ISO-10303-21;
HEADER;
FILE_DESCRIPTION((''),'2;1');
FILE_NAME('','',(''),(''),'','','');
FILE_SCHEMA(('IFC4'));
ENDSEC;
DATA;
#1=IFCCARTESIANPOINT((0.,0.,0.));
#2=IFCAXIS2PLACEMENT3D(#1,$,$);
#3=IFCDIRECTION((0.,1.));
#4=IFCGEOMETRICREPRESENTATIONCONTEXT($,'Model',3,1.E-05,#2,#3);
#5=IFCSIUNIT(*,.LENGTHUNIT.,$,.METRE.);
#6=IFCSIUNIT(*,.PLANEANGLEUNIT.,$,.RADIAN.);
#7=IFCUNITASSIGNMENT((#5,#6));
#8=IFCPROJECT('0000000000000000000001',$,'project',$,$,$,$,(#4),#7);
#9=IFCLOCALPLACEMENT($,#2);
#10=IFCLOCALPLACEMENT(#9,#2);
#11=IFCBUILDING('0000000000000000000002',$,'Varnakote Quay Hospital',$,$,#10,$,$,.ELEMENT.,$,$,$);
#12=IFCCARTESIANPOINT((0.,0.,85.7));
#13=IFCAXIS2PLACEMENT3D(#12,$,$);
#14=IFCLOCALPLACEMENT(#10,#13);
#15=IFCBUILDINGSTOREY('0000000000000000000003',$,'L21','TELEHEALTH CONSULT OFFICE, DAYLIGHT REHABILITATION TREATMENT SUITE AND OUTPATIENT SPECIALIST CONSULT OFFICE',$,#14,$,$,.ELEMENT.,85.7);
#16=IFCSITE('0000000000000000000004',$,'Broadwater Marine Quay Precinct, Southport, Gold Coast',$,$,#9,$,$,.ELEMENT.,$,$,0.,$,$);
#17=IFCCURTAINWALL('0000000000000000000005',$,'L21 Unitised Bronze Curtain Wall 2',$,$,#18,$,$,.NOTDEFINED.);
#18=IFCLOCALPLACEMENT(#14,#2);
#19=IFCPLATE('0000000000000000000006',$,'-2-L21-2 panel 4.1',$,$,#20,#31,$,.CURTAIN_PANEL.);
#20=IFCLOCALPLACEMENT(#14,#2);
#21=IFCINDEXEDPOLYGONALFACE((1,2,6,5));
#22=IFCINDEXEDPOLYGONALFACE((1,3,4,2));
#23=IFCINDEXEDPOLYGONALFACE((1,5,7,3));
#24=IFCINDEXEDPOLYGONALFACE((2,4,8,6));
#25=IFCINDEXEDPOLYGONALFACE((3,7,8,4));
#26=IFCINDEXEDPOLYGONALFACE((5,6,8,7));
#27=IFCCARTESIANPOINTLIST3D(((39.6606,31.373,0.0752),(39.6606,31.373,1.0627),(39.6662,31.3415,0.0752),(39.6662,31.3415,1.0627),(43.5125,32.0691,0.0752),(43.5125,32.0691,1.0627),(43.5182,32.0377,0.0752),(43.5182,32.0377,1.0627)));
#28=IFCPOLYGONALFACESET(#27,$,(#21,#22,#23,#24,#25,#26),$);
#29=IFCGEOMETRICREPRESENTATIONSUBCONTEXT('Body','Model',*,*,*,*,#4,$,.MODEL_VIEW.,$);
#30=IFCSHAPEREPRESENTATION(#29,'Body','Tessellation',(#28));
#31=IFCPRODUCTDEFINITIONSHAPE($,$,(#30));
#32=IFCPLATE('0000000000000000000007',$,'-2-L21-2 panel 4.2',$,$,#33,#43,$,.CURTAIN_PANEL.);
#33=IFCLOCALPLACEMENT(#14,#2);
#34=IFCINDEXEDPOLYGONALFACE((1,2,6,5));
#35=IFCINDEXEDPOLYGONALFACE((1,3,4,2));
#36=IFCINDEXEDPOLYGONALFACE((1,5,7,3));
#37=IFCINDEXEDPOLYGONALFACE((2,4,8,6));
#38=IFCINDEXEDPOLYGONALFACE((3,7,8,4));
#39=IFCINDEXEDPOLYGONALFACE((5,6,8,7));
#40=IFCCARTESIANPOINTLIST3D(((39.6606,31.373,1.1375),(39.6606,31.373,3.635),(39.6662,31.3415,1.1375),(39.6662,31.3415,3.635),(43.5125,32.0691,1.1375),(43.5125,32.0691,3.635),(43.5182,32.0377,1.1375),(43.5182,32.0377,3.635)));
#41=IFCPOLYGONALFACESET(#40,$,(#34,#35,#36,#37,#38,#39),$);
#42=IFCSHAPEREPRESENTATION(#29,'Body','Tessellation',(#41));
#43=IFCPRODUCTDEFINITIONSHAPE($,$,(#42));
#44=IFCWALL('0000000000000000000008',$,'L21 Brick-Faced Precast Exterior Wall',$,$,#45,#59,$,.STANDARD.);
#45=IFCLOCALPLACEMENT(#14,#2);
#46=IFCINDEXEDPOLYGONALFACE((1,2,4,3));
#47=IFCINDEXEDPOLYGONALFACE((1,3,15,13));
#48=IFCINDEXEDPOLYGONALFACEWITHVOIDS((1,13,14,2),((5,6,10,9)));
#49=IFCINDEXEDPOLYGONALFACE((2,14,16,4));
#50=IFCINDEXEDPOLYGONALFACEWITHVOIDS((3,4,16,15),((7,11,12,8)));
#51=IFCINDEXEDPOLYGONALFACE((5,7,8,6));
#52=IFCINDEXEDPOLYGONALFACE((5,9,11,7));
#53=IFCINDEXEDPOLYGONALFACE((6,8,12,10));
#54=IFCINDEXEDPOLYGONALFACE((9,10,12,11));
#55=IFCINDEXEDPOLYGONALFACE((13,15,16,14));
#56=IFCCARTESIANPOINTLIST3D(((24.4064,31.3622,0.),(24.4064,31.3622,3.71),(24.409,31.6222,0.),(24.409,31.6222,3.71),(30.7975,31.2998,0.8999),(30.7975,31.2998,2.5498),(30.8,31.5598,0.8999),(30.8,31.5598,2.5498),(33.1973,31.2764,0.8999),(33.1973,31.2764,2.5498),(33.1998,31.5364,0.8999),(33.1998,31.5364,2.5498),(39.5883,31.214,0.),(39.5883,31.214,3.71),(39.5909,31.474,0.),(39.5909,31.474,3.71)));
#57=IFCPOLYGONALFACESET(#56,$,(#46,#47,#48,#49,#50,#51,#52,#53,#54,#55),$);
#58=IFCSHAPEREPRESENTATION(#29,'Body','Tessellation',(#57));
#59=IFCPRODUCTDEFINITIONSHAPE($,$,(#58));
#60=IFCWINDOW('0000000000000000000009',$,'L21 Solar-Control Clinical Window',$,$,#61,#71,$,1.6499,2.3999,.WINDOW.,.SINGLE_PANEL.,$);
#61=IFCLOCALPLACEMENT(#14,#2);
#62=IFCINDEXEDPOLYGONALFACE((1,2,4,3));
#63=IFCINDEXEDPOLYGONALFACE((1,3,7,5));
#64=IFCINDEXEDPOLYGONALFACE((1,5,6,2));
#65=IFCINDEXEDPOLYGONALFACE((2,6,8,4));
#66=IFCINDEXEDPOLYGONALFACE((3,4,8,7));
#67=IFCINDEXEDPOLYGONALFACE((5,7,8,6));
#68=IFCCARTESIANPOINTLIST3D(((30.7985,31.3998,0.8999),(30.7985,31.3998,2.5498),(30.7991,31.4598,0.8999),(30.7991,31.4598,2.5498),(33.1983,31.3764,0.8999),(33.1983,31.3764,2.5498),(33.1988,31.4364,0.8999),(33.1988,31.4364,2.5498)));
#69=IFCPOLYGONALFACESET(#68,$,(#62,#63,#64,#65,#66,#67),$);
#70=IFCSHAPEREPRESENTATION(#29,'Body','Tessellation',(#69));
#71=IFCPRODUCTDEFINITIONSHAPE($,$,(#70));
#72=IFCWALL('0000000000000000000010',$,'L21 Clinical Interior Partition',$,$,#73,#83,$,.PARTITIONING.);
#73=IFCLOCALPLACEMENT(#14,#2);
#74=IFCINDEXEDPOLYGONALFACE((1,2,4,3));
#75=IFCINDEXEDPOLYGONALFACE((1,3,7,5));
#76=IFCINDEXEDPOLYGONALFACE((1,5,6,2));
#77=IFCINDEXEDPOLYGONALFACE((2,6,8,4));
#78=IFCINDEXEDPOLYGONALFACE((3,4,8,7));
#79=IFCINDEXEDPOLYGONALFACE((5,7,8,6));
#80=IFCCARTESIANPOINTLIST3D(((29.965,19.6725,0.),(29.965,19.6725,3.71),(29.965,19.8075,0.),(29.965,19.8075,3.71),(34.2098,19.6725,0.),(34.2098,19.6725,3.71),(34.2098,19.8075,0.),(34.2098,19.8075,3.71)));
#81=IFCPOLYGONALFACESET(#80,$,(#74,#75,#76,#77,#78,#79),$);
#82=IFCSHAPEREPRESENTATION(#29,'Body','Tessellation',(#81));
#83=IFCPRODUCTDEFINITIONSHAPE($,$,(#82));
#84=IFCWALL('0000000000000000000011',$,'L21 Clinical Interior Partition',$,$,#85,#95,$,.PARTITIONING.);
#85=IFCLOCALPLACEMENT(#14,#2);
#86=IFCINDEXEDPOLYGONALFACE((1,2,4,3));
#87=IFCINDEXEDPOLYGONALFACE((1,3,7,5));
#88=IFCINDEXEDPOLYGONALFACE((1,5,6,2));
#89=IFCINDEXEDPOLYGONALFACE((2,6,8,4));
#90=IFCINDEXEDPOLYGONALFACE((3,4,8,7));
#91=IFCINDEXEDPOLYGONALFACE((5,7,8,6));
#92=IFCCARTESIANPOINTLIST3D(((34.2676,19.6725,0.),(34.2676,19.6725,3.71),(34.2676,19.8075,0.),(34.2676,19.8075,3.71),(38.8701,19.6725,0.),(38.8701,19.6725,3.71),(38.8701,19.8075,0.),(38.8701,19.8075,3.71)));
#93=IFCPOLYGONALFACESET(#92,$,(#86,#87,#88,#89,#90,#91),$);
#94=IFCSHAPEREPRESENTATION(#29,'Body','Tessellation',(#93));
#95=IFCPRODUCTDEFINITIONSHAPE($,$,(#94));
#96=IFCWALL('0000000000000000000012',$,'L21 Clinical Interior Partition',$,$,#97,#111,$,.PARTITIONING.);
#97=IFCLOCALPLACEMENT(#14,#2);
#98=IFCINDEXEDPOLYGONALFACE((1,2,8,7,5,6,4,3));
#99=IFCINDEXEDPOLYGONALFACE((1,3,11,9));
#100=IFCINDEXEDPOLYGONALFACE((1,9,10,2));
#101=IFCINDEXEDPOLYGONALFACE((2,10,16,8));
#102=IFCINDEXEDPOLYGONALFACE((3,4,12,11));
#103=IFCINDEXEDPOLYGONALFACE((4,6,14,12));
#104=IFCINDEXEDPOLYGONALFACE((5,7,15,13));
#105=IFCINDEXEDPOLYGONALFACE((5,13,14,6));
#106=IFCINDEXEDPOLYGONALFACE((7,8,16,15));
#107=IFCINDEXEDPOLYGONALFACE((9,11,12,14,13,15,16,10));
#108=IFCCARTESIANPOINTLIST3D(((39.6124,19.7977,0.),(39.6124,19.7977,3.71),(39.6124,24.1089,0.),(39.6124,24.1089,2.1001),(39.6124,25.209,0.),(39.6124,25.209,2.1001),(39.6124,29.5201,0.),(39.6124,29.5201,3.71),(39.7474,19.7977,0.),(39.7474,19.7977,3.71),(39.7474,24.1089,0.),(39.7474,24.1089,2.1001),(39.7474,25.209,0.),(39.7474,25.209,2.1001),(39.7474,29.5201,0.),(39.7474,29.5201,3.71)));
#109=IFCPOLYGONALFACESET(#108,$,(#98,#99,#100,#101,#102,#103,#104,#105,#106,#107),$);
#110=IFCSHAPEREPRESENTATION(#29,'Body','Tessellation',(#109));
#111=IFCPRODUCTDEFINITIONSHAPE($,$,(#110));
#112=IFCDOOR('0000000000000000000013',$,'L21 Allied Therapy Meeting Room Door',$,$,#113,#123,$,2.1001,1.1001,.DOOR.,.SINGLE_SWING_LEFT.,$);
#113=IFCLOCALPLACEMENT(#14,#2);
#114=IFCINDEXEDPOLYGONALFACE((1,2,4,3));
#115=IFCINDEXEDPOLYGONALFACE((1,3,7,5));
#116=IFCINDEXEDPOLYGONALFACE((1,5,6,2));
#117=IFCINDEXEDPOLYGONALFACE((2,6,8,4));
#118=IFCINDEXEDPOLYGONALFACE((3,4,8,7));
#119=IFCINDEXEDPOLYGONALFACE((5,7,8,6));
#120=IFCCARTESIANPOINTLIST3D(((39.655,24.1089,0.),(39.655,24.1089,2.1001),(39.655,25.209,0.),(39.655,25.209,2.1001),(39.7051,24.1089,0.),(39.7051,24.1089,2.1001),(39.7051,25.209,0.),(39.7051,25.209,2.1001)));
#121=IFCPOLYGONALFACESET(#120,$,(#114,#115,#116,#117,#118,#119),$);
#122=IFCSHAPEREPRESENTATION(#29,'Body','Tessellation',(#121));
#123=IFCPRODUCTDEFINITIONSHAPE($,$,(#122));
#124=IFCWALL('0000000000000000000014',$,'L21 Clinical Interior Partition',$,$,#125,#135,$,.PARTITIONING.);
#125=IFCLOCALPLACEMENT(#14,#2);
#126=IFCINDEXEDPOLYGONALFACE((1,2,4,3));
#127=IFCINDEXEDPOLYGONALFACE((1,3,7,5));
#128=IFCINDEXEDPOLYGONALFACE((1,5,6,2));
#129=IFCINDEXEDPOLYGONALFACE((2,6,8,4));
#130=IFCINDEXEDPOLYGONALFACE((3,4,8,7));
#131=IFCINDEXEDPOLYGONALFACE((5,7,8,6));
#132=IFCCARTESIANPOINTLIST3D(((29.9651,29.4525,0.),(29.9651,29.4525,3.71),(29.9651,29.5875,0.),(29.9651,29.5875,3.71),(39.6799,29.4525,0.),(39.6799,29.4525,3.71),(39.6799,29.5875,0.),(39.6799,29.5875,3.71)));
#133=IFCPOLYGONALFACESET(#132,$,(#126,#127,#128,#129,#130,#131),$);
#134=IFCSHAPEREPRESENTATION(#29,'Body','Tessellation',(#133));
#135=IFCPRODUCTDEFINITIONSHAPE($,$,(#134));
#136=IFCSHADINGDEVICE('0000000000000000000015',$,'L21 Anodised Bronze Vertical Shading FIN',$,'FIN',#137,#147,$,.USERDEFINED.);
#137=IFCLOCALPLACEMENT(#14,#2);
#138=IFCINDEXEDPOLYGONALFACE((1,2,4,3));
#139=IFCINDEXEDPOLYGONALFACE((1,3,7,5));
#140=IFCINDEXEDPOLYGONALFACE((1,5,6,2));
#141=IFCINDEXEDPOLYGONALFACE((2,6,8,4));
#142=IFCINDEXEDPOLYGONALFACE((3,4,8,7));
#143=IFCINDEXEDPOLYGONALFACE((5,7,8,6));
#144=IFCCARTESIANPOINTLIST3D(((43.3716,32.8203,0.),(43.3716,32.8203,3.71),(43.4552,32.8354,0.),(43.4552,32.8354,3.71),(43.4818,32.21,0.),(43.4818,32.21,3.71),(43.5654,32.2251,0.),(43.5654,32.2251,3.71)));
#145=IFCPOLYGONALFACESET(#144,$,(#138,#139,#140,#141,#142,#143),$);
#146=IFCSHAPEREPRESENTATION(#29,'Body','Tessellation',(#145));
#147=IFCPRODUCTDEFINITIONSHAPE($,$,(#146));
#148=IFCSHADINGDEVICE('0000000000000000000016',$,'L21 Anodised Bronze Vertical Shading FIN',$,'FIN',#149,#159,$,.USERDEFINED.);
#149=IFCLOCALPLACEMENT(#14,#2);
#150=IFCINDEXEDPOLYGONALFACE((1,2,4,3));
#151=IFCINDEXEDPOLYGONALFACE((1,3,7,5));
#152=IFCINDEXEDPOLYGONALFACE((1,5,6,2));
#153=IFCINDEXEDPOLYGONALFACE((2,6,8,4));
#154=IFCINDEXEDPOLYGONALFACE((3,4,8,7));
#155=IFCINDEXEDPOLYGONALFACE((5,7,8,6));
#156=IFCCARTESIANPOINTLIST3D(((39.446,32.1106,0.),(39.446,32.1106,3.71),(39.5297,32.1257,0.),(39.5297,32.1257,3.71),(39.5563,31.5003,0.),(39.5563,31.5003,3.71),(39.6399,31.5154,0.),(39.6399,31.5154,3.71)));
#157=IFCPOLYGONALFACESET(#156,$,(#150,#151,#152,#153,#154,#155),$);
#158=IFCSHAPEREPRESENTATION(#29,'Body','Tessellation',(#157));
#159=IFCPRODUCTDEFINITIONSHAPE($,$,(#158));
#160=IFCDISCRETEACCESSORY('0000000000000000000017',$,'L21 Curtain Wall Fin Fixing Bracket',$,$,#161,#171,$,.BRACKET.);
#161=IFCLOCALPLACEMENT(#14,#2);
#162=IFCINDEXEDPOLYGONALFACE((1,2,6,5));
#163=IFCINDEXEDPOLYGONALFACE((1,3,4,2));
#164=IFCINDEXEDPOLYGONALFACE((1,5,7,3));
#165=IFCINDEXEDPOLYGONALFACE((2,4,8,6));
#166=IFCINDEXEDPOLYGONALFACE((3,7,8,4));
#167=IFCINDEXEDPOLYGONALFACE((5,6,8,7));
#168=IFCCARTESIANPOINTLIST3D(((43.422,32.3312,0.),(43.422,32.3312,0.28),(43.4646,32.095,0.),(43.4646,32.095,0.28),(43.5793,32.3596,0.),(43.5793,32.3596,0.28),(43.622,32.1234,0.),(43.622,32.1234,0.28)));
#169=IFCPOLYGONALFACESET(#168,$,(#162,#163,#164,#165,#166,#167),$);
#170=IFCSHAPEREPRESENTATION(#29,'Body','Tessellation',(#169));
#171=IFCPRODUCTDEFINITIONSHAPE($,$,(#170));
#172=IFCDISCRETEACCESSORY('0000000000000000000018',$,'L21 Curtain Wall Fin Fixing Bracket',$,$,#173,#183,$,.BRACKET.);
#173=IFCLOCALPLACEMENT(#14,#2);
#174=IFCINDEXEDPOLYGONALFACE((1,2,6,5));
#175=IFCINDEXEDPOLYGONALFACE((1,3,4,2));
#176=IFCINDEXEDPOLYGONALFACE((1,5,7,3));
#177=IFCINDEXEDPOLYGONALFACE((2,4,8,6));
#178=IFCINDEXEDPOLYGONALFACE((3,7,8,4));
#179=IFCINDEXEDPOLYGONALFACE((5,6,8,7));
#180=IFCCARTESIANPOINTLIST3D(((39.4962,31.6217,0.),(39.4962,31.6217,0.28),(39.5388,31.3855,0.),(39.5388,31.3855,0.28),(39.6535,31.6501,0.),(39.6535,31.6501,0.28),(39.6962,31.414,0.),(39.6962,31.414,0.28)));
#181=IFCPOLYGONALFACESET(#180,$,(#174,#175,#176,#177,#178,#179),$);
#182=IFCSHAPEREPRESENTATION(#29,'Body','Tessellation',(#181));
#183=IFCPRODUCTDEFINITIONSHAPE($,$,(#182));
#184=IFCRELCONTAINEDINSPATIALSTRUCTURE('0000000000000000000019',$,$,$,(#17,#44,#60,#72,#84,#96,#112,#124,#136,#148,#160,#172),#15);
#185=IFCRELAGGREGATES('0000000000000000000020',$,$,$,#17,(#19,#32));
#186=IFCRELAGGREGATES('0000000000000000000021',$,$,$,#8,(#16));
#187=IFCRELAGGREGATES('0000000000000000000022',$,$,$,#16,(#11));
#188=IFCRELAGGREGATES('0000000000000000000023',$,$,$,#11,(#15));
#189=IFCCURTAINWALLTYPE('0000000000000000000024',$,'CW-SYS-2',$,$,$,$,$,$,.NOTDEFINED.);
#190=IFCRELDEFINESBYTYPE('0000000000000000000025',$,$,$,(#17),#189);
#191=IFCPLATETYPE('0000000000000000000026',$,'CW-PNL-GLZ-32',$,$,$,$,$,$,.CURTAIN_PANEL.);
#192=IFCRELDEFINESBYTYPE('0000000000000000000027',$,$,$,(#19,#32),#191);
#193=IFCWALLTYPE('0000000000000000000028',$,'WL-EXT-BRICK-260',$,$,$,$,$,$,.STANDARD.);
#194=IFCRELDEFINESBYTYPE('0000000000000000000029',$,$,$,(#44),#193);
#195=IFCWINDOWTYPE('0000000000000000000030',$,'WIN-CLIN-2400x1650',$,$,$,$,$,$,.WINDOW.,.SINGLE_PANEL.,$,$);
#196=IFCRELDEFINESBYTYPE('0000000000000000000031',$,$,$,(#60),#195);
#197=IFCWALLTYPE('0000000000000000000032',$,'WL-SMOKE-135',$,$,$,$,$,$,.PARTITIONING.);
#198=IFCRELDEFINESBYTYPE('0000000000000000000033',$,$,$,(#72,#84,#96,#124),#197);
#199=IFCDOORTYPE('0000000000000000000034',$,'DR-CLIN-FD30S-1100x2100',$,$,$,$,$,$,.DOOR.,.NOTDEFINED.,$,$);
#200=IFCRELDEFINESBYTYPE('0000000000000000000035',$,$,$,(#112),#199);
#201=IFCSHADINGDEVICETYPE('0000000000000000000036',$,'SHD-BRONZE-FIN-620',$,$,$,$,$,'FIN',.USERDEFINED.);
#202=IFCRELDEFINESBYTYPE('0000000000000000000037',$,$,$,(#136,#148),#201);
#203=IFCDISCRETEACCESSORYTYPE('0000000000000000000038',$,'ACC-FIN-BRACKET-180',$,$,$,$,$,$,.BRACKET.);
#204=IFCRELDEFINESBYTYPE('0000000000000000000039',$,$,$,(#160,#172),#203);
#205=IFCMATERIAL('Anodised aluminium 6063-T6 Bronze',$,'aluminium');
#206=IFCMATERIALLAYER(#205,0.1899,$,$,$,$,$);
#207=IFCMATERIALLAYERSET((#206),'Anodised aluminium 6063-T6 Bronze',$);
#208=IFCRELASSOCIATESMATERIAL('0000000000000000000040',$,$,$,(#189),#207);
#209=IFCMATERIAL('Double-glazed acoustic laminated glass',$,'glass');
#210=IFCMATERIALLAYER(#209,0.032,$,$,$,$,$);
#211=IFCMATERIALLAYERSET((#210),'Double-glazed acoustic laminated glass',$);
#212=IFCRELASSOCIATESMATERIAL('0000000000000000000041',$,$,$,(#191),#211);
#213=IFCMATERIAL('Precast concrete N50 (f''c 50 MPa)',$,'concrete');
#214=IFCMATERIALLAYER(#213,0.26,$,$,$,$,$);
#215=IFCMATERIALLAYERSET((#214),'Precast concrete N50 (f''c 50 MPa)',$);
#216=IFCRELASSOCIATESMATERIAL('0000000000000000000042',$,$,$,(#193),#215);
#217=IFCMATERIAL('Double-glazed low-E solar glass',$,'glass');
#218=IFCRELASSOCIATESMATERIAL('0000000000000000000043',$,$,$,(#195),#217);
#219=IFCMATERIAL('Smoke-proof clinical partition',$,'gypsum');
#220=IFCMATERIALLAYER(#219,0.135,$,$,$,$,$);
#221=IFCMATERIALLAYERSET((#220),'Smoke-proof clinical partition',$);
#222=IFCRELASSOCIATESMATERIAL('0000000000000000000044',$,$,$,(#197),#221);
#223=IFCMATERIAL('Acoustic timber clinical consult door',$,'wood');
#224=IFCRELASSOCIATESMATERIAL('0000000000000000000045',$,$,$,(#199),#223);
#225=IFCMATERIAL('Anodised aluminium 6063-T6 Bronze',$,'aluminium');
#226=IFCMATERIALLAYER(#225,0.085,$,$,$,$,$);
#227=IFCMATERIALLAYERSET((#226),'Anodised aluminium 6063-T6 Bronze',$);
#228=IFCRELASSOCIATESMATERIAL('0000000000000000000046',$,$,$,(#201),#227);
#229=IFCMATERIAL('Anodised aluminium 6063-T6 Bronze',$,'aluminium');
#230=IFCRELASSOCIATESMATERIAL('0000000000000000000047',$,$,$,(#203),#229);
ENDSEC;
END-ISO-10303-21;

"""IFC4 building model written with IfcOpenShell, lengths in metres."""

from ifc_helpers import new_model, si_unit, direction, frame, frame_2d, origin, origin_2d, place, context, subcontext, project, spatial, rectangle, extrude, material, layer, layer_set, type_object, element, fill, aggregate, save


model = new_model("IFC4")

# Units and contexts
model_context = context("Model", 3, precision=1e-05, world=origin(), true_north=direction((0.0, 1.0)))
body_context = subcontext(model_context, "Body", "Model", "MODEL_VIEW")
ifc_project = project(units=[si_unit("LENGTHUNIT", "METRE"), si_unit("PLANEANGLEUNIT", "RADIAN")], contexts=[model_context])

# Site, building, storey
site_placement = place(None, origin())
site = spatial("IfcSite", under=ifc_project, at=site_placement, Name="Broadwater Marine Quay Precinct, Southport, Gold Coast", CompositionType="ELEMENT", RefElevation=0.0)
building_placement = place(site_placement, origin())
building = spatial("IfcBuilding", under=site, at=building_placement, Name="Varnakote Quay Hospital", CompositionType="ELEMENT")
storey_placement = place(building_placement, frame((0.0, 0.0, 85.7)))
storey = spatial("IfcBuildingStorey", under=building, at=storey_placement, Name="L21", Description="TELEHEALTH CONSULT OFFICE, DAYLIGHT REHABILITATION TREATMENT SUITE AND OUTPATIENT SPECIALIST CONSULT OFFICE", CompositionType="ELEMENT", Elevation=85.7)

# Curtain wall
ifc_material_1 = material(Name="Anodised aluminium 6063-T6 Bronze", Category="aluminium")
ifc_layer_1 = layer(ifc_material_1, 0.1899)
ifc_layer_set_1 = layer_set([ifc_layer_1], Name="Anodised aluminium 6063-T6 Bronze")
curtain_wall_type = type_object("IfcCurtainWallType", Name="CW-SYS-2", PredefinedType="NOTDEFINED", material=ifc_layer_set_1)
curtain_wall_placement = place(storey_placement, origin())
curtain_wall = element("IfcCurtainWall", 1, at=curtain_wall_placement, inside=storey, type_object=curtain_wall_type, Name="L21 Unitised Bronze Curtain Wall 2", PredefinedType="NOTDEFINED")

# Plates
ifc_material_2 = material(Name="Double-glazed acoustic laminated glass", Category="glass")
ifc_layer_2 = layer(ifc_material_2, 0.032)
ifc_layer_set_2 = layer_set([ifc_layer_2], Name="Double-glazed acoustic laminated glass")
plate_type = type_object("IfcPlateType", Name="CW-PNL-GLZ-32", PredefinedType="CURTAIN_PANEL", material=ifc_layer_set_2)
plate_1_placement = place(storey_placement, frame((41.5894, 31.7053, 0.0752), z_axis=(0.0, 0.0, 1.0), x_axis=(-0.984058, -0.177846, 0.0)))
plate_1 = element("IfcPlate", 2, at=plate_1_placement, type_object=plate_type, Name="-2-L21-2 panel 4.1", PredefinedType="CURTAIN_PANEL", context=body_context, shape_type="SweptSolid", body=[
    extrude(rectangle(XDim=3.9143, YDim=0.032, at=origin_2d()), origin(), (0.0, 0.0, 1.0), 0.9875),
])
plate_2_placement = place(storey_placement, frame((41.5894, 31.7053, 1.1375), z_axis=(0.0, 0.0, 1.0), x_axis=(-0.984058, -0.177846, 0.0)))
plate_2 = element("IfcPlate", 3, at=plate_2_placement, type_object=plate_type, Name="-2-L21-2 panel 4.2", PredefinedType="CURTAIN_PANEL", context=body_context, shape_type="SweptSolid", body=[
    extrude(rectangle(XDim=3.9143, YDim=0.032, at=origin_2d()), origin(), (0.0, 0.0, 1.0), 2.4976),
])
aggregate(curtain_wall, [plate_1, plate_2])

# Wall, opening, window
ifc_material_3 = material(Name="Precast concrete N50 (f'c 50 MPa)", Category="concrete")
ifc_layer_3 = layer(ifc_material_3, 0.26)
ifc_layer_set_3 = layer_set([ifc_layer_3], Name="Precast concrete N50 (f'c 50 MPa)")
wall_type_1 = type_object("IfcWallType", Name="WL-EXT-BRICK-260", PredefinedType="STANDARD", material=ifc_layer_set_3)
wall_1_placement = place(storey_placement, frame((39.5896, 31.344, 0.0), z_axis=(0.0, 0.0, 1.0), x_axis=(-0.999952, 0.009761, 0.0)))
wall_1 = element("IfcWall", 4, at=wall_1_placement, inside=storey, type_object=wall_type_1, Name="L21 Brick-Faced Precast Exterior Wall", PredefinedType="STANDARD", context=body_context, shape_type="SweptSolid", body=[
    extrude(rectangle(XDim=15.1826, YDim=0.26, at=frame_2d((7.5913, 0.0))), origin(), (0.0, 0.0, 1.0), 3.71),
])
opening_1_placement = place(wall_1_placement, frame((6.3914, 0.0, 0.8999)))
opening_1 = element("IfcOpeningElement", 5, at=opening_1_placement, cuts=wall_1, PredefinedType="OPENING", context=body_context, shape_type="SweptSolid", body=[
    extrude(rectangle(XDim=2.3999, YDim=1.6499, at=frame_2d((1.2, 0.825))), frame((0.0, 0.1399, 0.0), z_axis=(0.0, -1.0, 0.0), x_axis=(1.0, 0.0, 0.0)), (0.0, 0.0, 1.0), 0.28),
])
ifc_material_4 = material(Name="Double-glazed low-E solar glass", Category="glass")
window_type = type_object("IfcWindowType", Name="WIN-CLIN-2400x1650", PartitioningType="SINGLE_PANEL", PredefinedType="WINDOW", material=ifc_material_4)
window_placement = place(opening_1_placement, origin())
window = element("IfcWindow", 6, at=window_placement, inside=storey, type_object=window_type, Name="L21 Solar-Control Clinical Window", OverallHeight=1.6499, OverallWidth=2.3999, PartitioningType="SINGLE_PANEL", PredefinedType="WINDOW", context=body_context, shape_type="SweptSolid", body=[
    extrude(rectangle(XDim=2.3999, YDim=1.6499, at=frame_2d((1.2, 0.825))), frame((0.0, 0.03, 0.0), z_axis=(0.0, -1.0, 0.0), x_axis=(1.0, 0.0, 0.0)), (0.0, 0.0, 1.0), 0.0601),
])
fill(opening_1, window)

# Walls
ifc_material_5 = material(Name="Smoke-proof clinical partition", Category="gypsum")
ifc_layer_4 = layer(ifc_material_5, 0.135)
ifc_layer_set_4 = layer_set([ifc_layer_4], Name="Smoke-proof clinical partition")
wall_type_2 = type_object("IfcWallType", Name="WL-SMOKE-135", PredefinedType="PARTITIONING", material=ifc_layer_set_4)
wall_2_placement = place(storey_placement, frame((34.21, 19.74, 0.0), z_axis=(0.0, 0.0, 1.0), x_axis=(-1.0, 0.0, 0.0)))
element("IfcWall", 7, at=wall_2_placement, inside=storey, type_object=wall_type_2, Name="L21 Clinical Interior Partition", PredefinedType="PARTITIONING", context=body_context, shape_type="SweptSolid", body=[
    extrude(rectangle(XDim=4.2449, YDim=0.135, at=frame_2d((2.1226, 0.0))), origin(), (0.0, 0.0, 1.0), 3.71),
])
wall_3_placement = place(storey_placement, frame((38.8701, 19.74, 0.0), z_axis=(0.0, 0.0, 1.0), x_axis=(-1.0, 0.0, 0.0)))
element("IfcWall", 8, at=wall_3_placement, inside=storey, type_object=wall_type_2, Name="L21 Clinical Interior Partition", PredefinedType="PARTITIONING", context=body_context, shape_type="SweptSolid", body=[
    extrude(rectangle(XDim=4.6025, YDim=0.135, at=frame_2d((2.3013, 0.0))), origin(), (0.0, 0.0, 1.0), 3.71),
])

# Wall, opening, door
wall_4_placement = place(storey_placement, frame((39.6799, 19.7976, 0.0), z_axis=(0.0, 0.0, 1.0), x_axis=(0.0, 1.0, 0.0)))
wall_4 = element("IfcWall", 9, at=wall_4_placement, inside=storey, type_object=wall_type_2, Name="L21 Clinical Interior Partition", PredefinedType="PARTITIONING", context=body_context, shape_type="SweptSolid", body=[
    extrude(rectangle(XDim=9.7224, YDim=0.135, at=frame_2d((4.8613, 0.0))), origin(), (0.0, 0.0, 1.0), 3.71),
])
opening_2_placement = place(wall_4_placement, frame((4.3113, 0.0, 0.0)))
opening_2 = element("IfcOpeningElement", 10, at=opening_2_placement, cuts=wall_4, PredefinedType="OPENING", context=body_context, shape_type="SweptSolid", body=[
    extrude(rectangle(XDim=1.1001, YDim=2.1001, at=frame_2d((0.55, 1.05))), frame((0.0, 0.0774, 0.0), z_axis=(0.0, -1.0, 0.0), x_axis=(1.0, 0.0, 0.0)), (0.0, 0.0, 1.0), 0.155),
])
ifc_material_6 = material(Name="Acoustic timber clinical consult door", Category="wood")
door_type = type_object("IfcDoorType", Name="DR-CLIN-FD30S-1100x2100", OperationType="NOTDEFINED", PredefinedType="DOOR", material=ifc_material_6)
door_placement = place(opening_2_placement, origin())
door = element("IfcDoor", 11, at=door_placement, inside=storey, type_object=door_type, Name="L21 Allied Therapy Meeting Room Door", OperationType="SINGLE_SWING_LEFT", OverallHeight=2.1001, OverallWidth=1.1001, PredefinedType="DOOR", context=body_context, shape_type="SweptSolid", body=[
    extrude(rectangle(XDim=1.1001, YDim=2.1001, at=frame_2d((0.55, 1.05))), frame((0.0, 0.0249, 0.0), z_axis=(0.0, -1.0, 0.0), x_axis=(1.0, 0.0, 0.0)), (0.0, 0.0, 1.0), 0.05),
])
fill(opening_2, door)

# Wall
wall_5_placement = place(storey_placement, frame((39.6799, 29.52, 0.0), z_axis=(0.0, 0.0, 1.0), x_axis=(-1.0, 0.0, 0.0)))
element("IfcWall", 12, at=wall_5_placement, inside=storey, type_object=wall_type_2, Name="L21 Clinical Interior Partition", PredefinedType="PARTITIONING", context=body_context, shape_type="SweptSolid", body=[
    extrude(rectangle(XDim=9.7148, YDim=0.135, at=frame_2d((4.8574, 0.0))), origin(), (0.0, 0.0, 1.0), 3.71),
])

# Shading devices
ifc_material_7 = material(Name="Anodised aluminium 6063-T6 Bronze", Category="aluminium")
ifc_layer_5 = layer(ifc_material_7, 0.085)
ifc_layer_set_5 = layer_set([ifc_layer_5], Name="Anodised aluminium 6063-T6 Bronze")
shading_device_type = type_object("IfcShadingDeviceType", Name="SHD-BRONZE-FIN-620", ElementType="FIN", PredefinedType="USERDEFINED", material=ifc_layer_set_5)
for number, where, z_axis, x_axis, name in (
    (13, (43.4685, 32.5227, 0.0), (0.0, 0.0, 1.0), (0.177772, -0.984072, 0.0), "L21 Anodised Bronze Vertical Shading FIN"),
    (14, (39.543, 31.813, 0.0), (0.0, 0.0, 1.0), (0.177772, -0.984072, 0.0), "L21 Anodised Bronze Vertical Shading FIN"),
):
    element("IfcShadingDevice", number, at=place(storey_placement, frame(where, z_axis=z_axis, x_axis=x_axis)), inside=storey, type_object=shading_device_type, Name=name, ObjectType="FIN", PredefinedType="USERDEFINED", context=body_context, shape_type="SweptSolid", body=[
        extrude(rectangle(XDim=0.6201, YDim=0.085, at=origin_2d()), origin(), (0.0, 0.0, 1.0), 3.71),
    ])

# Discrete accessories
ifc_material_8 = material(Name="Anodised aluminium 6063-T6 Bronze", Category="aluminium")
discrete_accessory_type = type_object("IfcDiscreteAccessoryType", Name="ACC-FIN-BRACKET-180", PredefinedType="BRACKET", material=ifc_material_8)
for number, where, z_axis, x_axis, name in (
    (15, (43.522, 32.2273, 0.0), (0.0, 0.0, 1.0), (-0.984072, -0.177772, 0.0), "L21 Curtain Wall Fin Fixing Bracket"),
    (16, (39.5962, 31.5178, 0.0), (0.0, 0.0, 1.0), (-0.984072, -0.177772, 0.0), "L21 Curtain Wall Fin Fixing Bracket"),
):
    element("IfcDiscreteAccessory", number, at=place(storey_placement, frame(where, z_axis=z_axis, x_axis=x_axis)), inside=storey, type_object=discrete_accessory_type, Name=name, PredefinedType="BRACKET", context=body_context, shape_type="SweptSolid", body=[
        extrude(rectangle(XDim=0.1599, YDim=0.24, at=origin_2d()), origin(), (0.0, 0.0, 1.0), 0.28),
    ])

save(model, "model.ifc")
